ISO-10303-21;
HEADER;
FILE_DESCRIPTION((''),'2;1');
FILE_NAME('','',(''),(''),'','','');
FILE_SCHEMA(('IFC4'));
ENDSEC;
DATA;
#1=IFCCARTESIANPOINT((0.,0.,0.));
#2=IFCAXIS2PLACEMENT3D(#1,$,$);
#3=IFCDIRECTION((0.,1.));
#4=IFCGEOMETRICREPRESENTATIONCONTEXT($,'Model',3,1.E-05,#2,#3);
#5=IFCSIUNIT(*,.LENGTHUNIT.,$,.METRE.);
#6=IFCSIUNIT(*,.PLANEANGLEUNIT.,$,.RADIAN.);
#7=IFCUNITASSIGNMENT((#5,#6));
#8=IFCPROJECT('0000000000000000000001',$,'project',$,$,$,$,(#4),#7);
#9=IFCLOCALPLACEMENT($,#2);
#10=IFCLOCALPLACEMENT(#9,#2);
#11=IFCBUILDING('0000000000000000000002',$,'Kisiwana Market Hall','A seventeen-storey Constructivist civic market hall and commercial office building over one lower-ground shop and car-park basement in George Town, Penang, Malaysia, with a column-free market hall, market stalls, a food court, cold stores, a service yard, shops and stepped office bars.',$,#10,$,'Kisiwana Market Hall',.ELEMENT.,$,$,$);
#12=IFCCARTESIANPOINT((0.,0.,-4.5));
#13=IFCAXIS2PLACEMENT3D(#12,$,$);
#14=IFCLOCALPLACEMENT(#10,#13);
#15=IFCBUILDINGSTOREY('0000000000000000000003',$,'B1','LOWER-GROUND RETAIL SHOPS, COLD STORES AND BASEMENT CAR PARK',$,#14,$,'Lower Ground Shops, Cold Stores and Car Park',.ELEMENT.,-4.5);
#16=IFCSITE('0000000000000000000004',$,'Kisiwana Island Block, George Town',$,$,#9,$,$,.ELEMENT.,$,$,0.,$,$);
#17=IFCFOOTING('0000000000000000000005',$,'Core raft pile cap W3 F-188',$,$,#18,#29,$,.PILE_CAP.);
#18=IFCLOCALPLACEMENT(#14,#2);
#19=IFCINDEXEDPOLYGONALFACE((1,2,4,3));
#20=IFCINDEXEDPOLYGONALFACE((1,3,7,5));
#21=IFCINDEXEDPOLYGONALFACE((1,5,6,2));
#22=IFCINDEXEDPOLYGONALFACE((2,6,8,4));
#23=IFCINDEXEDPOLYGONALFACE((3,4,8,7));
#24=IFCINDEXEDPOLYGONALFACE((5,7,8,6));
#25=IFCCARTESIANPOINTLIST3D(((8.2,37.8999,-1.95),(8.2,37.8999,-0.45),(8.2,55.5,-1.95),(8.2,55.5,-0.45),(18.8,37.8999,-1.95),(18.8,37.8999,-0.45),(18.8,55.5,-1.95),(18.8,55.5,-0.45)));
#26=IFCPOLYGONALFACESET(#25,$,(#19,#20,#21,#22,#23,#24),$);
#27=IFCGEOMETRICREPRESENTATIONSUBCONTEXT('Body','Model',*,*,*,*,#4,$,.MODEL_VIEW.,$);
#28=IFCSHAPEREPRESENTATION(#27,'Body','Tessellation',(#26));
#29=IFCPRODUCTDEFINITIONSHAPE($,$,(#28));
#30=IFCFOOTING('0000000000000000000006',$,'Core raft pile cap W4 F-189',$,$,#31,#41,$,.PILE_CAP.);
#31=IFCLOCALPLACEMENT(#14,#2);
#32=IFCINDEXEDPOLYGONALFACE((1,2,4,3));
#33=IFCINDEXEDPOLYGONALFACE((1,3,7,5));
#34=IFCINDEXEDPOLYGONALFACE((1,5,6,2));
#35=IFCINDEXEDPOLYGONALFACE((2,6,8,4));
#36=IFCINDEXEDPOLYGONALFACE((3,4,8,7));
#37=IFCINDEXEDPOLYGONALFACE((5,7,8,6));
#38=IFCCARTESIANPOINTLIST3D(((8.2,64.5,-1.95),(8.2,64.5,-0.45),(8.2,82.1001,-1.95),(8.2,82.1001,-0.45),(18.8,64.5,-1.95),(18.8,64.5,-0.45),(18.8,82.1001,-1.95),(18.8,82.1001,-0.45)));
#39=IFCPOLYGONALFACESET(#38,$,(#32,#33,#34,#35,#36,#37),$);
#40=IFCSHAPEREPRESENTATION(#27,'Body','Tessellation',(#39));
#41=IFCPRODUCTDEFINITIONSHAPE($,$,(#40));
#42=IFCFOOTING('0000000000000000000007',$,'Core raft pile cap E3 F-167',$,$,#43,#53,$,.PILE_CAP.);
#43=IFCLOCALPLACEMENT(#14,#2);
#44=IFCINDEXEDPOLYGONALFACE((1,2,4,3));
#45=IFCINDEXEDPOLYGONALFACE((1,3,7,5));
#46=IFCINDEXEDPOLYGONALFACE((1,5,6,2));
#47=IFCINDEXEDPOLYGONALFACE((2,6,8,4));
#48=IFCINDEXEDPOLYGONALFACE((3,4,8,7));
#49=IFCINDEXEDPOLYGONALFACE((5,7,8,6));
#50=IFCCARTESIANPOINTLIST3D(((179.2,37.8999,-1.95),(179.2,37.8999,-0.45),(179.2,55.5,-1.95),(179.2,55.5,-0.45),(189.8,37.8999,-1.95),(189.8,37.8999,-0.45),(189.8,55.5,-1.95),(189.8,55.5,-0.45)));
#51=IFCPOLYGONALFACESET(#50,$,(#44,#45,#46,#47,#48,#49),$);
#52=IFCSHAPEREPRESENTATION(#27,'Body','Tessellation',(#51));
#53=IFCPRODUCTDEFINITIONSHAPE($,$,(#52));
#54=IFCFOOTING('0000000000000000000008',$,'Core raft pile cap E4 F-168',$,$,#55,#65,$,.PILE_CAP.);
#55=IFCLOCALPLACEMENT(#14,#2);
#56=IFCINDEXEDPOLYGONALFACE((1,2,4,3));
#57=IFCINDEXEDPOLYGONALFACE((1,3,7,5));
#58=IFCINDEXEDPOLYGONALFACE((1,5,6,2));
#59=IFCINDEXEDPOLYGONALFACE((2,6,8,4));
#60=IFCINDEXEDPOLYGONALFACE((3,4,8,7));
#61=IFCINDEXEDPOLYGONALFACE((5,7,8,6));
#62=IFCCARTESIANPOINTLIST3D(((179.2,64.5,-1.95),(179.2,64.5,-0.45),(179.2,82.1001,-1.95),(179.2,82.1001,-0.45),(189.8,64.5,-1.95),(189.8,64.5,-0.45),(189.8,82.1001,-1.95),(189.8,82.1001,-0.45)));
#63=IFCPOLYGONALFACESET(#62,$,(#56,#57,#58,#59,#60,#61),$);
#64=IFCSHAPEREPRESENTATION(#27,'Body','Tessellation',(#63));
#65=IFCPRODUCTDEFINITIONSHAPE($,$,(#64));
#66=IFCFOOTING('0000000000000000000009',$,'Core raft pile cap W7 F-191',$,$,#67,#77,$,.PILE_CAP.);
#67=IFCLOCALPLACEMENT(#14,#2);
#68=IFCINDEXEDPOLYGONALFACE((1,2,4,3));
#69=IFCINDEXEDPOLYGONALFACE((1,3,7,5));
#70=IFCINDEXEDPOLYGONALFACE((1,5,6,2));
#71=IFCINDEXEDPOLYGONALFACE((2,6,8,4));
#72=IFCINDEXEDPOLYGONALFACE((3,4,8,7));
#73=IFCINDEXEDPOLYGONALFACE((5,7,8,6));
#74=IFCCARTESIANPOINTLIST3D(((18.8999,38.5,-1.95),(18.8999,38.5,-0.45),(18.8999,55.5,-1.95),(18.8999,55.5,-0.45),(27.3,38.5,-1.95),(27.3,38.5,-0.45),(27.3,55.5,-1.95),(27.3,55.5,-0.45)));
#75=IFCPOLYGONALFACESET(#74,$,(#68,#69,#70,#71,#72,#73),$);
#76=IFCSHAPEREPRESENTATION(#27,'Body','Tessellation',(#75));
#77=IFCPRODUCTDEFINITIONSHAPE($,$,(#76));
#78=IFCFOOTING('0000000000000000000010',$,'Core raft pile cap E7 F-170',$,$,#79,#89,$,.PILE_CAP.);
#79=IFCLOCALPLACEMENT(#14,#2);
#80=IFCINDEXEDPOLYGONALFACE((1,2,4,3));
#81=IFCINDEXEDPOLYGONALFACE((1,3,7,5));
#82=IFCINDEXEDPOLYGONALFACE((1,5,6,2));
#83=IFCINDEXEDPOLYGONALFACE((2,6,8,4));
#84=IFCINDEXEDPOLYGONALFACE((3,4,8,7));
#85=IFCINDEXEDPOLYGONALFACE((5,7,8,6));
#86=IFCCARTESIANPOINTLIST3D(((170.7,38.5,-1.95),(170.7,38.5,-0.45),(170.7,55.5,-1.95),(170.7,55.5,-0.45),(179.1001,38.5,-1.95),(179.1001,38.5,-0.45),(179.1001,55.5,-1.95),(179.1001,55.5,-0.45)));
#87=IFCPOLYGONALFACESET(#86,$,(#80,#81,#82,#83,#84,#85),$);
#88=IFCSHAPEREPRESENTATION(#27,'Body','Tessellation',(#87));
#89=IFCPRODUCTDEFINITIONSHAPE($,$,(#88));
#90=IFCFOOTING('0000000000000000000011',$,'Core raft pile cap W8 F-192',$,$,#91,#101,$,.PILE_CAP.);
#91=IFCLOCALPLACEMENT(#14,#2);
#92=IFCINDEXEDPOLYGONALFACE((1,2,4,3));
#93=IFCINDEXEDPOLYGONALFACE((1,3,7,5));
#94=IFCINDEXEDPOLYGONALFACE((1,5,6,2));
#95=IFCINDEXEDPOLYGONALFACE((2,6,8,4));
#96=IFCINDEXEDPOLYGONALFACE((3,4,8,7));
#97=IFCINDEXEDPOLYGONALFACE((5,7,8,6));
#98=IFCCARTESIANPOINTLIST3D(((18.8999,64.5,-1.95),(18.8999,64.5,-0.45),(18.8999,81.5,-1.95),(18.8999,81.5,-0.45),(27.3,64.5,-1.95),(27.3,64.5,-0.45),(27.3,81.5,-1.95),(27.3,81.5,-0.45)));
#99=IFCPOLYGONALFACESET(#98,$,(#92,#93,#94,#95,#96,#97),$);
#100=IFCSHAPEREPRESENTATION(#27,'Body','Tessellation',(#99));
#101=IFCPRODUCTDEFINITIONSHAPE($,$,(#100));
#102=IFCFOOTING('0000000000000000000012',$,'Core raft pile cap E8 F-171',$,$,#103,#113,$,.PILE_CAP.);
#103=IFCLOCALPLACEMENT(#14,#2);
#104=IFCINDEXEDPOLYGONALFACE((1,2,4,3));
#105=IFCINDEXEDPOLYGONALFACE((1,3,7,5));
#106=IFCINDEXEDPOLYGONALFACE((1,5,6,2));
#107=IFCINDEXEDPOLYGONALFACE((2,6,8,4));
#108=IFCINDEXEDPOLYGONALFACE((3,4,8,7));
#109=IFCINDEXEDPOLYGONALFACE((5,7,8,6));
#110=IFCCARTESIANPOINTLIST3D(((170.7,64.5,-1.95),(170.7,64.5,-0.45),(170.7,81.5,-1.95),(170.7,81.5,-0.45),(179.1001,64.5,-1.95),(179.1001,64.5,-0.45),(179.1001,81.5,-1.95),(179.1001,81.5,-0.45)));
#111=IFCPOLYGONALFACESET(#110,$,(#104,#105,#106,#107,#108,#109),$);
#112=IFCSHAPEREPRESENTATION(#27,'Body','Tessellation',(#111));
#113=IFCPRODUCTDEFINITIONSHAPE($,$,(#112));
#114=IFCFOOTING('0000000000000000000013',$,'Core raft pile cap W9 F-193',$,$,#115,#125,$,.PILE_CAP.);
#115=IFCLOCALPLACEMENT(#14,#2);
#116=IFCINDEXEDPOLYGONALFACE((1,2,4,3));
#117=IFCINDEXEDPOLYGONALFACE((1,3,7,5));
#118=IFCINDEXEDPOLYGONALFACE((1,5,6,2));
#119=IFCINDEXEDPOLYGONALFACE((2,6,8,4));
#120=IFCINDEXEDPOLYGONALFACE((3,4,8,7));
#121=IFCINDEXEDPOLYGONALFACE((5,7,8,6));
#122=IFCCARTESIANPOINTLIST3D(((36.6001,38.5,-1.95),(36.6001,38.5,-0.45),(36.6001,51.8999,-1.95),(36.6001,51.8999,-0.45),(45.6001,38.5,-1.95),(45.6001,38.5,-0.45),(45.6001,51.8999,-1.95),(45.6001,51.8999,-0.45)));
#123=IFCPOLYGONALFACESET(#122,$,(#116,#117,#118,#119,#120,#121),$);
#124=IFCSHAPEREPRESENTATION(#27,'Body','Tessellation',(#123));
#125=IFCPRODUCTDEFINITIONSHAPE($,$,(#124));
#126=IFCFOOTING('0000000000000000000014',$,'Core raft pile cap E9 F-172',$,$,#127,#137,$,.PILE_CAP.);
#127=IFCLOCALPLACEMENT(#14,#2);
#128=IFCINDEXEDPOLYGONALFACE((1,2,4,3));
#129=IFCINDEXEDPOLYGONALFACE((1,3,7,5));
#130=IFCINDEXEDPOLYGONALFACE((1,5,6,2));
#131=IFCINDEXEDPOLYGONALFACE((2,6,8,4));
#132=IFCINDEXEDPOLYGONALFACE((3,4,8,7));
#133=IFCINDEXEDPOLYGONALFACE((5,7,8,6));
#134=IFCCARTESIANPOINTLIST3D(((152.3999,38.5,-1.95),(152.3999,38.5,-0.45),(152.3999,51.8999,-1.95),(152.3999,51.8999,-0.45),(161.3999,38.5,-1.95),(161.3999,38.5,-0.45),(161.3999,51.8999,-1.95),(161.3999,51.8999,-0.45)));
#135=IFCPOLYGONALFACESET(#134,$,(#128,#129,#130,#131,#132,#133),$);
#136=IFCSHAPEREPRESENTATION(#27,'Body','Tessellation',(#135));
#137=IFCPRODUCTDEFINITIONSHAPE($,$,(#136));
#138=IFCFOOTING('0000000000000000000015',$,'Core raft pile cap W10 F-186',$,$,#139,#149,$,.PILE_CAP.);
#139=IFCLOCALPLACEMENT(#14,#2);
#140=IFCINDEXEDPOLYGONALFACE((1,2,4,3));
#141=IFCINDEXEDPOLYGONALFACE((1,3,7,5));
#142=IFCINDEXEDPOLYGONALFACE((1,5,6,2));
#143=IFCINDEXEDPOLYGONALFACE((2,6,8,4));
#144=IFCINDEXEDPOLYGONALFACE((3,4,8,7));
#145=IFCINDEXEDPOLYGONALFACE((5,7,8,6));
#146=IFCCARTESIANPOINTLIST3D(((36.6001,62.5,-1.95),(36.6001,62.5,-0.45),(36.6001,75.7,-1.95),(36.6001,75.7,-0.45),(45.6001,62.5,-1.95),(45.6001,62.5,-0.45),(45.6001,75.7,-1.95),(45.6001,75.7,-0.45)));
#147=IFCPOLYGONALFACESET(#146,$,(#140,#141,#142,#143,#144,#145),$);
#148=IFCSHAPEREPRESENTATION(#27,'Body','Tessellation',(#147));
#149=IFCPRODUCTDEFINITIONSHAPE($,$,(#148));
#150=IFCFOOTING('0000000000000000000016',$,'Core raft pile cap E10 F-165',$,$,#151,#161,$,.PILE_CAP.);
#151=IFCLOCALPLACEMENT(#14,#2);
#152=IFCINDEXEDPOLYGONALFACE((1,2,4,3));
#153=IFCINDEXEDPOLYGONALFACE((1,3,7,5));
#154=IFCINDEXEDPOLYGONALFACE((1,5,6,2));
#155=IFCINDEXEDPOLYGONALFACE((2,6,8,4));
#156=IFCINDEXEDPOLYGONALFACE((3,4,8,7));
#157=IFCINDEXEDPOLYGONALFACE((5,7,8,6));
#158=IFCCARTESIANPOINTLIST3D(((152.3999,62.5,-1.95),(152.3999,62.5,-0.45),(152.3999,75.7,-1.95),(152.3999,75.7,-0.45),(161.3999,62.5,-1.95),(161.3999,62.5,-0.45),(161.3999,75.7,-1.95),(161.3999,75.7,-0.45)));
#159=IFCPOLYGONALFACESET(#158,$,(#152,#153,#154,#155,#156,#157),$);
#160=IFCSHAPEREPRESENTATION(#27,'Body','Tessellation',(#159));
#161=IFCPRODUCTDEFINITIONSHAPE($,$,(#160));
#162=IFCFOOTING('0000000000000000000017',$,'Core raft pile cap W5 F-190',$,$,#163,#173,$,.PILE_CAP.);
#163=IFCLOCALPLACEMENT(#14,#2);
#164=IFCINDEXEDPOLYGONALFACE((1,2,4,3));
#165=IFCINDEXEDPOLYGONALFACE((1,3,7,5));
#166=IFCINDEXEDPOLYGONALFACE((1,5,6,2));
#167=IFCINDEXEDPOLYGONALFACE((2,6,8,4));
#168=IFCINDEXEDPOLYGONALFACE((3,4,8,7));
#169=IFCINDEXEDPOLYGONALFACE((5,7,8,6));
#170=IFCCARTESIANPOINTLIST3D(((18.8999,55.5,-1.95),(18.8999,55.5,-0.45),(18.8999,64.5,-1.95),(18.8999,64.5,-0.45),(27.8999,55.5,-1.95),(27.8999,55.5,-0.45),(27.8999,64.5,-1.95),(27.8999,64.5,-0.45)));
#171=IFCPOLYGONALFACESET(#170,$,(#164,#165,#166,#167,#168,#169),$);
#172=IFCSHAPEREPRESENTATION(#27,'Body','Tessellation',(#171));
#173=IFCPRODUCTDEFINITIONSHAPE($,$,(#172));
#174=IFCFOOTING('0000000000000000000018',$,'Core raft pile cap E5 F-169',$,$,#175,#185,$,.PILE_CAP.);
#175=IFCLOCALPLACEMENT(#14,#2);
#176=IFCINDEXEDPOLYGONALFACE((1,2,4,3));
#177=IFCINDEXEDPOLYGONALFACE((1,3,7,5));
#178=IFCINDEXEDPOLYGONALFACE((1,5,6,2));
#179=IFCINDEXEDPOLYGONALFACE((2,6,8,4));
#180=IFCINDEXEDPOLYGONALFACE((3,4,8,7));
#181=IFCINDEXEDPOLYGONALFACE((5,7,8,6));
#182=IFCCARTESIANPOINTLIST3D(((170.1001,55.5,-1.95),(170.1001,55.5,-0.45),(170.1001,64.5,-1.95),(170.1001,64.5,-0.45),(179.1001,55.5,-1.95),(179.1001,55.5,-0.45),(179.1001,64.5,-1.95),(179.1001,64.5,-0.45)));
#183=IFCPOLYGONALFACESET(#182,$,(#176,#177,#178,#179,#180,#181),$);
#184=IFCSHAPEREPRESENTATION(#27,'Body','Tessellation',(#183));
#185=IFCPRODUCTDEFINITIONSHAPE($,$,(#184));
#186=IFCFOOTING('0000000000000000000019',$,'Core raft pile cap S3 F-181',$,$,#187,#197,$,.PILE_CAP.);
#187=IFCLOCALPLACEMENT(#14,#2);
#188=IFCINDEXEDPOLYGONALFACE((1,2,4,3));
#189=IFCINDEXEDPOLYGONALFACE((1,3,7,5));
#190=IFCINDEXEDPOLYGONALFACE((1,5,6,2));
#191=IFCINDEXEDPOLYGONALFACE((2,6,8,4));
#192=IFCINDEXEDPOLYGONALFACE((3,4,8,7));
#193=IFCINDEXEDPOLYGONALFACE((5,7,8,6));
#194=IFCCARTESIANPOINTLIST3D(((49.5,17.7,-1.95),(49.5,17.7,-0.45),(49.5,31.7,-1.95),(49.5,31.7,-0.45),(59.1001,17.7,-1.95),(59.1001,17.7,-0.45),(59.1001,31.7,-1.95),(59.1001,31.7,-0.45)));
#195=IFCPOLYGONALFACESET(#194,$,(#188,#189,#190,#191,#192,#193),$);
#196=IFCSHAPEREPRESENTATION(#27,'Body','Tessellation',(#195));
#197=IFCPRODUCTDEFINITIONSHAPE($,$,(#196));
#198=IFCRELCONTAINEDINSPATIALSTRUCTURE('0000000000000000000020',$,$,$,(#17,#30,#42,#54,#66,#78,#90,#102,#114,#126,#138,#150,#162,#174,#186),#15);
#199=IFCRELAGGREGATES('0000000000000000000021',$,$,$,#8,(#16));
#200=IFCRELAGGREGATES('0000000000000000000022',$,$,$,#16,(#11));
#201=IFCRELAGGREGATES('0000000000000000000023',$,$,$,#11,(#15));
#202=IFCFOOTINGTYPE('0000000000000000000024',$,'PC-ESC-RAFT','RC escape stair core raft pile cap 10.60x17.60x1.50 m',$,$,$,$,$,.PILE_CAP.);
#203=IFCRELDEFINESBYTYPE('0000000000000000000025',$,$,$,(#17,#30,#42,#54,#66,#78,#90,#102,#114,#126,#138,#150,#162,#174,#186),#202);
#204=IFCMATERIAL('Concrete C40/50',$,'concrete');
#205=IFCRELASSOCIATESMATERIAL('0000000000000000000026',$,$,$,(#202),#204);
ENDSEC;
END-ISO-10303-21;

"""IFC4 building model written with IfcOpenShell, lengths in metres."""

from ifc_helpers import new_model, si_unit, direction, frame, origin, place, context, subcontext, project, spatial, polyline, outline, extrude, material, type_object, element, save


model = new_model("IFC4")

# Units and contexts
model_context = context("Model", 3, precision=1e-05, world=origin(), true_north=direction((0.0, 1.0)))
body_context = subcontext(model_context, "Body", "Model", "MODEL_VIEW")
ifc_project = project(units=[si_unit("LENGTHUNIT", "METRE"), si_unit("PLANEANGLEUNIT", "RADIAN")], contexts=[model_context])

# Site, building, storey
site_placement = place(None, origin())
site = spatial("IfcSite", under=ifc_project, at=site_placement, Name="Kisiwana Island Block, George Town", CompositionType="ELEMENT", RefElevation=0.0)
building_placement = place(site_placement, origin())
building = spatial("IfcBuilding", under=site, at=building_placement, Name="Kisiwana Market Hall", Description="A seventeen-storey Constructivist civic market hall and commercial office building over one lower-ground shop and car-park basement in George Town, Penang, Malaysia, with a column-free market hall, market stalls, a food court, cold stores, a service yard, shops and stepped office bars.", LongName="Kisiwana Market Hall", CompositionType="ELEMENT")
storey_placement = place(building_placement, frame((0.0, 0.0, -4.5)))
storey = spatial("IfcBuildingStorey", under=building, at=storey_placement, Name="B1", Description="LOWER-GROUND RETAIL SHOPS, COLD STORES AND BASEMENT CAR PARK", LongName="Lower Ground Shops, Cold Stores and Car Park", CompositionType="ELEMENT", Elevation=-4.5)

# Footings
ifc_material_1 = material(Name="Concrete C40/50", Category="concrete")
footing_type_1 = type_object("IfcFootingType", Name="PC-ESC-RAFT", Description="RC escape stair core raft pile cap 10.60x17.60x1.50 m", PredefinedType="PILE_CAP", material=ifc_material_1)
footing_1_placement = place(storey_placement, frame((0.0, 0.0, -1.95)))
element("IfcFooting", 1, at=footing_1_placement, inside=storey, type_object=footing_type_1, Name="Core raft pile cap W3 F-188", PredefinedType="PILE_CAP", context=body_context, shape_type="SweptSolid", body=[
    extrude(outline(polyline([(8.2, 37.8999), (18.8, 37.8999), (18.8, 55.5), (8.2, 55.5), (8.2, 37.8999)])), origin(), (0.0, 0.0, 1.0), 1.5),
])
footing_2_placement = place(storey_placement, frame((0.0, 0.0, -1.95)))
element("IfcFooting", 2, at=footing_2_placement, inside=storey, type_object=footing_type_1, Name="Core raft pile cap W4 F-189", PredefinedType="PILE_CAP", context=body_context, shape_type="SweptSolid", body=[
    extrude(outline(polyline([(8.2, 64.5), (18.8, 64.5), (18.8, 82.1001), (8.2, 82.1001), (8.2, 64.5)])), origin(), (0.0, 0.0, 1.0), 1.5),
])
footing_3_placement = place(storey_placement, frame((0.0, 0.0, -1.95)))
element("IfcFooting", 3, at=footing_3_placement, inside=storey, type_object=footing_type_1, Name="Core raft pile cap E3 F-167", PredefinedType="PILE_CAP", context=body_context, shape_type="SweptSolid", body=[
    extrude(outline(polyline([(179.2, 37.8999), (189.8, 37.8999), (189.8, 55.5), (179.2, 55.5), (179.2, 37.8999)])), origin(), (0.0, 0.0, 1.0), 1.5),
])
footing_4_placement = place(storey_placement, frame((0.0, 0.0, -1.95)))
element("IfcFooting", 4, at=footing_4_placement, inside=storey, type_object=footing_type_1, Name="Core raft pile cap E4 F-168", PredefinedType="PILE_CAP", context=body_context, shape_type="SweptSolid", body=[
    extrude(outline(polyline([(179.2, 64.5), (189.8, 64.5), (189.8, 82.1001), (179.2, 82.1001), (179.2, 64.5)])), origin(), (0.0, 0.0, 1.0), 1.5),
])
footing_5_placement = place(storey_placement, frame((0.0, 0.0, -1.95)))
element("IfcFooting", 5, at=footing_5_placement, inside=storey, type_object=footing_type_1, Name="Core raft pile cap W7 F-191", PredefinedType="PILE_CAP", context=body_context, shape_type="SweptSolid", body=[
    extrude(outline(polyline([(18.8999, 38.5), (27.3, 38.5), (27.3, 55.5), (18.8999, 55.5), (18.8999, 38.5)])), origin(), (0.0, 0.0, 1.0), 1.5),
])
footing_6_placement = place(storey_placement, frame((0.0, 0.0, -1.95)))
element("IfcFooting", 6, at=footing_6_placement, inside=storey, type_object=footing_type_1, Name="Core raft pile cap E7 F-170", PredefinedType="PILE_CAP", context=body_context, shape_type="SweptSolid", body=[
    extrude(outline(polyline([(170.7, 38.5), (179.1001, 38.5), (179.1001, 55.5), (170.7, 55.5), (170.7, 38.5)])), origin(), (0.0, 0.0, 1.0), 1.5),
])
footing_7_placement = place(storey_placement, frame((0.0, 0.0, -1.95)))
element("IfcFooting", 7, at=footing_7_placement, inside=storey, type_object=footing_type_1, Name="Core raft pile cap W8 F-192", PredefinedType="PILE_CAP", context=body_context, shape_type="SweptSolid", body=[
    extrude(outline(polyline([(18.8999, 64.5), (27.3, 64.5), (27.3, 81.5), (18.8999, 81.5), (18.8999, 64.5)])), origin(), (0.0, 0.0, 1.0), 1.5),
])
footing_8_placement = place(storey_placement, frame((0.0, 0.0, -1.95)))
element("IfcFooting", 8, at=footing_8_placement, inside=storey, type_object=footing_type_1, Name="Core raft pile cap E8 F-171", PredefinedType="PILE_CAP", context=body_context, shape_type="SweptSolid", body=[
    extrude(outline(polyline([(170.7, 64.5), (179.1001, 64.5), (179.1001, 81.5), (170.7, 81.5), (170.7, 64.5)])), origin(), (0.0, 0.0, 1.0), 1.5),
])
footing_9_placement = place(storey_placement, frame((0.0, 0.0, -1.95)))
element("IfcFooting", 9, at=footing_9_placement, inside=storey, type_object=footing_type_1, Name="Core raft pile cap W9 F-193", PredefinedType="PILE_CAP", context=body_context, shape_type="SweptSolid", body=[
    extrude(outline(polyline([(36.6001, 38.5), (45.6001, 38.5), (45.6001, 51.8999), (36.6001, 51.8999), (36.6001, 38.5)])), origin(), (0.0, 0.0, 1.0), 1.5),
])
footing_10_placement = place(storey_placement, frame((0.0, 0.0, -1.95)))
element("IfcFooting", 10, at=footing_10_placement, inside=storey, type_object=footing_type_1, Name="Core raft pile cap E9 F-172", PredefinedType="PILE_CAP", context=body_context, shape_type="SweptSolid", body=[
    extrude(outline(polyline([(152.3999, 38.5), (161.3999, 38.5), (161.3999, 51.8999), (152.3999, 51.8999), (152.3999, 38.5)])), origin(), (0.0, 0.0, 1.0), 1.5),
])
footing_11_placement = place(storey_placement, frame((0.0, 0.0, -1.95)))
element("IfcFooting", 11, at=footing_11_placement, inside=storey, type_object=footing_type_1, Name="Core raft pile cap W10 F-186", PredefinedType="PILE_CAP", context=body_context, shape_type="SweptSolid", body=[
    extrude(outline(polyline([(36.6001, 62.5), (45.6001, 62.5), (45.6001, 75.7), (36.6001, 75.7), (36.6001, 62.5)])), origin(), (0.0, 0.0, 1.0), 1.5),
])
footing_12_placement = place(storey_placement, frame((0.0, 0.0, -1.95)))
element("IfcFooting", 12, at=footing_12_placement, inside=storey, type_object=footing_type_1, Name="Core raft pile cap E10 F-165", PredefinedType="PILE_CAP", context=body_context, shape_type="SweptSolid", body=[
    extrude(outline(polyline([(152.3999, 62.5), (161.3999, 62.5), (161.3999, 75.7), (152.3999, 75.7), (152.3999, 62.5)])), origin(), (0.0, 0.0, 1.0), 1.5),
])
footing_13_placement = place(storey_placement, frame((0.0, 0.0, -1.95)))
element("IfcFooting", 13, at=footing_13_placement, inside=storey, type_object=footing_type_1, Name="Core raft pile cap W5 F-190", PredefinedType="PILE_CAP", context=body_context, shape_type="SweptSolid", body=[
    extrude(outline(polyline([(18.8999, 55.5), (27.8999, 55.5), (27.8999, 64.5), (18.8999, 64.5), (18.8999, 55.5)])), origin(), (0.0, 0.0, 1.0), 1.5),
])
footing_14_placement = place(storey_placement, frame((0.0, 0.0, -1.95)))
element("IfcFooting", 14, at=footing_14_placement, inside=storey, type_object=footing_type_1, Name="Core raft pile cap E5 F-169", PredefinedType="PILE_CAP", context=body_context, shape_type="SweptSolid", body=[
    extrude(outline(polyline([(170.1001, 55.5), (179.1001, 55.5), (179.1001, 64.5), (170.1001, 64.5), (170.1001, 55.5)])), origin(), (0.0, 0.0, 1.0), 1.5),
])
footing_15_placement = place(storey_placement, frame((0.0, 0.0, -1.95)))
element("IfcFooting", 15, at=footing_15_placement, inside=storey, type_object=footing_type_1, Name="Core raft pile cap S3 F-181", PredefinedType="PILE_CAP", context=body_context, shape_type="SweptSolid", body=[
    extrude(outline(polyline([(49.5, 17.7), (59.1001, 17.7), (59.1001, 31.7), (49.5, 31.7), (49.5, 17.7)])), origin(), (0.0, 0.0, 1.0), 1.5),
])

save(model, "model.ifc")
